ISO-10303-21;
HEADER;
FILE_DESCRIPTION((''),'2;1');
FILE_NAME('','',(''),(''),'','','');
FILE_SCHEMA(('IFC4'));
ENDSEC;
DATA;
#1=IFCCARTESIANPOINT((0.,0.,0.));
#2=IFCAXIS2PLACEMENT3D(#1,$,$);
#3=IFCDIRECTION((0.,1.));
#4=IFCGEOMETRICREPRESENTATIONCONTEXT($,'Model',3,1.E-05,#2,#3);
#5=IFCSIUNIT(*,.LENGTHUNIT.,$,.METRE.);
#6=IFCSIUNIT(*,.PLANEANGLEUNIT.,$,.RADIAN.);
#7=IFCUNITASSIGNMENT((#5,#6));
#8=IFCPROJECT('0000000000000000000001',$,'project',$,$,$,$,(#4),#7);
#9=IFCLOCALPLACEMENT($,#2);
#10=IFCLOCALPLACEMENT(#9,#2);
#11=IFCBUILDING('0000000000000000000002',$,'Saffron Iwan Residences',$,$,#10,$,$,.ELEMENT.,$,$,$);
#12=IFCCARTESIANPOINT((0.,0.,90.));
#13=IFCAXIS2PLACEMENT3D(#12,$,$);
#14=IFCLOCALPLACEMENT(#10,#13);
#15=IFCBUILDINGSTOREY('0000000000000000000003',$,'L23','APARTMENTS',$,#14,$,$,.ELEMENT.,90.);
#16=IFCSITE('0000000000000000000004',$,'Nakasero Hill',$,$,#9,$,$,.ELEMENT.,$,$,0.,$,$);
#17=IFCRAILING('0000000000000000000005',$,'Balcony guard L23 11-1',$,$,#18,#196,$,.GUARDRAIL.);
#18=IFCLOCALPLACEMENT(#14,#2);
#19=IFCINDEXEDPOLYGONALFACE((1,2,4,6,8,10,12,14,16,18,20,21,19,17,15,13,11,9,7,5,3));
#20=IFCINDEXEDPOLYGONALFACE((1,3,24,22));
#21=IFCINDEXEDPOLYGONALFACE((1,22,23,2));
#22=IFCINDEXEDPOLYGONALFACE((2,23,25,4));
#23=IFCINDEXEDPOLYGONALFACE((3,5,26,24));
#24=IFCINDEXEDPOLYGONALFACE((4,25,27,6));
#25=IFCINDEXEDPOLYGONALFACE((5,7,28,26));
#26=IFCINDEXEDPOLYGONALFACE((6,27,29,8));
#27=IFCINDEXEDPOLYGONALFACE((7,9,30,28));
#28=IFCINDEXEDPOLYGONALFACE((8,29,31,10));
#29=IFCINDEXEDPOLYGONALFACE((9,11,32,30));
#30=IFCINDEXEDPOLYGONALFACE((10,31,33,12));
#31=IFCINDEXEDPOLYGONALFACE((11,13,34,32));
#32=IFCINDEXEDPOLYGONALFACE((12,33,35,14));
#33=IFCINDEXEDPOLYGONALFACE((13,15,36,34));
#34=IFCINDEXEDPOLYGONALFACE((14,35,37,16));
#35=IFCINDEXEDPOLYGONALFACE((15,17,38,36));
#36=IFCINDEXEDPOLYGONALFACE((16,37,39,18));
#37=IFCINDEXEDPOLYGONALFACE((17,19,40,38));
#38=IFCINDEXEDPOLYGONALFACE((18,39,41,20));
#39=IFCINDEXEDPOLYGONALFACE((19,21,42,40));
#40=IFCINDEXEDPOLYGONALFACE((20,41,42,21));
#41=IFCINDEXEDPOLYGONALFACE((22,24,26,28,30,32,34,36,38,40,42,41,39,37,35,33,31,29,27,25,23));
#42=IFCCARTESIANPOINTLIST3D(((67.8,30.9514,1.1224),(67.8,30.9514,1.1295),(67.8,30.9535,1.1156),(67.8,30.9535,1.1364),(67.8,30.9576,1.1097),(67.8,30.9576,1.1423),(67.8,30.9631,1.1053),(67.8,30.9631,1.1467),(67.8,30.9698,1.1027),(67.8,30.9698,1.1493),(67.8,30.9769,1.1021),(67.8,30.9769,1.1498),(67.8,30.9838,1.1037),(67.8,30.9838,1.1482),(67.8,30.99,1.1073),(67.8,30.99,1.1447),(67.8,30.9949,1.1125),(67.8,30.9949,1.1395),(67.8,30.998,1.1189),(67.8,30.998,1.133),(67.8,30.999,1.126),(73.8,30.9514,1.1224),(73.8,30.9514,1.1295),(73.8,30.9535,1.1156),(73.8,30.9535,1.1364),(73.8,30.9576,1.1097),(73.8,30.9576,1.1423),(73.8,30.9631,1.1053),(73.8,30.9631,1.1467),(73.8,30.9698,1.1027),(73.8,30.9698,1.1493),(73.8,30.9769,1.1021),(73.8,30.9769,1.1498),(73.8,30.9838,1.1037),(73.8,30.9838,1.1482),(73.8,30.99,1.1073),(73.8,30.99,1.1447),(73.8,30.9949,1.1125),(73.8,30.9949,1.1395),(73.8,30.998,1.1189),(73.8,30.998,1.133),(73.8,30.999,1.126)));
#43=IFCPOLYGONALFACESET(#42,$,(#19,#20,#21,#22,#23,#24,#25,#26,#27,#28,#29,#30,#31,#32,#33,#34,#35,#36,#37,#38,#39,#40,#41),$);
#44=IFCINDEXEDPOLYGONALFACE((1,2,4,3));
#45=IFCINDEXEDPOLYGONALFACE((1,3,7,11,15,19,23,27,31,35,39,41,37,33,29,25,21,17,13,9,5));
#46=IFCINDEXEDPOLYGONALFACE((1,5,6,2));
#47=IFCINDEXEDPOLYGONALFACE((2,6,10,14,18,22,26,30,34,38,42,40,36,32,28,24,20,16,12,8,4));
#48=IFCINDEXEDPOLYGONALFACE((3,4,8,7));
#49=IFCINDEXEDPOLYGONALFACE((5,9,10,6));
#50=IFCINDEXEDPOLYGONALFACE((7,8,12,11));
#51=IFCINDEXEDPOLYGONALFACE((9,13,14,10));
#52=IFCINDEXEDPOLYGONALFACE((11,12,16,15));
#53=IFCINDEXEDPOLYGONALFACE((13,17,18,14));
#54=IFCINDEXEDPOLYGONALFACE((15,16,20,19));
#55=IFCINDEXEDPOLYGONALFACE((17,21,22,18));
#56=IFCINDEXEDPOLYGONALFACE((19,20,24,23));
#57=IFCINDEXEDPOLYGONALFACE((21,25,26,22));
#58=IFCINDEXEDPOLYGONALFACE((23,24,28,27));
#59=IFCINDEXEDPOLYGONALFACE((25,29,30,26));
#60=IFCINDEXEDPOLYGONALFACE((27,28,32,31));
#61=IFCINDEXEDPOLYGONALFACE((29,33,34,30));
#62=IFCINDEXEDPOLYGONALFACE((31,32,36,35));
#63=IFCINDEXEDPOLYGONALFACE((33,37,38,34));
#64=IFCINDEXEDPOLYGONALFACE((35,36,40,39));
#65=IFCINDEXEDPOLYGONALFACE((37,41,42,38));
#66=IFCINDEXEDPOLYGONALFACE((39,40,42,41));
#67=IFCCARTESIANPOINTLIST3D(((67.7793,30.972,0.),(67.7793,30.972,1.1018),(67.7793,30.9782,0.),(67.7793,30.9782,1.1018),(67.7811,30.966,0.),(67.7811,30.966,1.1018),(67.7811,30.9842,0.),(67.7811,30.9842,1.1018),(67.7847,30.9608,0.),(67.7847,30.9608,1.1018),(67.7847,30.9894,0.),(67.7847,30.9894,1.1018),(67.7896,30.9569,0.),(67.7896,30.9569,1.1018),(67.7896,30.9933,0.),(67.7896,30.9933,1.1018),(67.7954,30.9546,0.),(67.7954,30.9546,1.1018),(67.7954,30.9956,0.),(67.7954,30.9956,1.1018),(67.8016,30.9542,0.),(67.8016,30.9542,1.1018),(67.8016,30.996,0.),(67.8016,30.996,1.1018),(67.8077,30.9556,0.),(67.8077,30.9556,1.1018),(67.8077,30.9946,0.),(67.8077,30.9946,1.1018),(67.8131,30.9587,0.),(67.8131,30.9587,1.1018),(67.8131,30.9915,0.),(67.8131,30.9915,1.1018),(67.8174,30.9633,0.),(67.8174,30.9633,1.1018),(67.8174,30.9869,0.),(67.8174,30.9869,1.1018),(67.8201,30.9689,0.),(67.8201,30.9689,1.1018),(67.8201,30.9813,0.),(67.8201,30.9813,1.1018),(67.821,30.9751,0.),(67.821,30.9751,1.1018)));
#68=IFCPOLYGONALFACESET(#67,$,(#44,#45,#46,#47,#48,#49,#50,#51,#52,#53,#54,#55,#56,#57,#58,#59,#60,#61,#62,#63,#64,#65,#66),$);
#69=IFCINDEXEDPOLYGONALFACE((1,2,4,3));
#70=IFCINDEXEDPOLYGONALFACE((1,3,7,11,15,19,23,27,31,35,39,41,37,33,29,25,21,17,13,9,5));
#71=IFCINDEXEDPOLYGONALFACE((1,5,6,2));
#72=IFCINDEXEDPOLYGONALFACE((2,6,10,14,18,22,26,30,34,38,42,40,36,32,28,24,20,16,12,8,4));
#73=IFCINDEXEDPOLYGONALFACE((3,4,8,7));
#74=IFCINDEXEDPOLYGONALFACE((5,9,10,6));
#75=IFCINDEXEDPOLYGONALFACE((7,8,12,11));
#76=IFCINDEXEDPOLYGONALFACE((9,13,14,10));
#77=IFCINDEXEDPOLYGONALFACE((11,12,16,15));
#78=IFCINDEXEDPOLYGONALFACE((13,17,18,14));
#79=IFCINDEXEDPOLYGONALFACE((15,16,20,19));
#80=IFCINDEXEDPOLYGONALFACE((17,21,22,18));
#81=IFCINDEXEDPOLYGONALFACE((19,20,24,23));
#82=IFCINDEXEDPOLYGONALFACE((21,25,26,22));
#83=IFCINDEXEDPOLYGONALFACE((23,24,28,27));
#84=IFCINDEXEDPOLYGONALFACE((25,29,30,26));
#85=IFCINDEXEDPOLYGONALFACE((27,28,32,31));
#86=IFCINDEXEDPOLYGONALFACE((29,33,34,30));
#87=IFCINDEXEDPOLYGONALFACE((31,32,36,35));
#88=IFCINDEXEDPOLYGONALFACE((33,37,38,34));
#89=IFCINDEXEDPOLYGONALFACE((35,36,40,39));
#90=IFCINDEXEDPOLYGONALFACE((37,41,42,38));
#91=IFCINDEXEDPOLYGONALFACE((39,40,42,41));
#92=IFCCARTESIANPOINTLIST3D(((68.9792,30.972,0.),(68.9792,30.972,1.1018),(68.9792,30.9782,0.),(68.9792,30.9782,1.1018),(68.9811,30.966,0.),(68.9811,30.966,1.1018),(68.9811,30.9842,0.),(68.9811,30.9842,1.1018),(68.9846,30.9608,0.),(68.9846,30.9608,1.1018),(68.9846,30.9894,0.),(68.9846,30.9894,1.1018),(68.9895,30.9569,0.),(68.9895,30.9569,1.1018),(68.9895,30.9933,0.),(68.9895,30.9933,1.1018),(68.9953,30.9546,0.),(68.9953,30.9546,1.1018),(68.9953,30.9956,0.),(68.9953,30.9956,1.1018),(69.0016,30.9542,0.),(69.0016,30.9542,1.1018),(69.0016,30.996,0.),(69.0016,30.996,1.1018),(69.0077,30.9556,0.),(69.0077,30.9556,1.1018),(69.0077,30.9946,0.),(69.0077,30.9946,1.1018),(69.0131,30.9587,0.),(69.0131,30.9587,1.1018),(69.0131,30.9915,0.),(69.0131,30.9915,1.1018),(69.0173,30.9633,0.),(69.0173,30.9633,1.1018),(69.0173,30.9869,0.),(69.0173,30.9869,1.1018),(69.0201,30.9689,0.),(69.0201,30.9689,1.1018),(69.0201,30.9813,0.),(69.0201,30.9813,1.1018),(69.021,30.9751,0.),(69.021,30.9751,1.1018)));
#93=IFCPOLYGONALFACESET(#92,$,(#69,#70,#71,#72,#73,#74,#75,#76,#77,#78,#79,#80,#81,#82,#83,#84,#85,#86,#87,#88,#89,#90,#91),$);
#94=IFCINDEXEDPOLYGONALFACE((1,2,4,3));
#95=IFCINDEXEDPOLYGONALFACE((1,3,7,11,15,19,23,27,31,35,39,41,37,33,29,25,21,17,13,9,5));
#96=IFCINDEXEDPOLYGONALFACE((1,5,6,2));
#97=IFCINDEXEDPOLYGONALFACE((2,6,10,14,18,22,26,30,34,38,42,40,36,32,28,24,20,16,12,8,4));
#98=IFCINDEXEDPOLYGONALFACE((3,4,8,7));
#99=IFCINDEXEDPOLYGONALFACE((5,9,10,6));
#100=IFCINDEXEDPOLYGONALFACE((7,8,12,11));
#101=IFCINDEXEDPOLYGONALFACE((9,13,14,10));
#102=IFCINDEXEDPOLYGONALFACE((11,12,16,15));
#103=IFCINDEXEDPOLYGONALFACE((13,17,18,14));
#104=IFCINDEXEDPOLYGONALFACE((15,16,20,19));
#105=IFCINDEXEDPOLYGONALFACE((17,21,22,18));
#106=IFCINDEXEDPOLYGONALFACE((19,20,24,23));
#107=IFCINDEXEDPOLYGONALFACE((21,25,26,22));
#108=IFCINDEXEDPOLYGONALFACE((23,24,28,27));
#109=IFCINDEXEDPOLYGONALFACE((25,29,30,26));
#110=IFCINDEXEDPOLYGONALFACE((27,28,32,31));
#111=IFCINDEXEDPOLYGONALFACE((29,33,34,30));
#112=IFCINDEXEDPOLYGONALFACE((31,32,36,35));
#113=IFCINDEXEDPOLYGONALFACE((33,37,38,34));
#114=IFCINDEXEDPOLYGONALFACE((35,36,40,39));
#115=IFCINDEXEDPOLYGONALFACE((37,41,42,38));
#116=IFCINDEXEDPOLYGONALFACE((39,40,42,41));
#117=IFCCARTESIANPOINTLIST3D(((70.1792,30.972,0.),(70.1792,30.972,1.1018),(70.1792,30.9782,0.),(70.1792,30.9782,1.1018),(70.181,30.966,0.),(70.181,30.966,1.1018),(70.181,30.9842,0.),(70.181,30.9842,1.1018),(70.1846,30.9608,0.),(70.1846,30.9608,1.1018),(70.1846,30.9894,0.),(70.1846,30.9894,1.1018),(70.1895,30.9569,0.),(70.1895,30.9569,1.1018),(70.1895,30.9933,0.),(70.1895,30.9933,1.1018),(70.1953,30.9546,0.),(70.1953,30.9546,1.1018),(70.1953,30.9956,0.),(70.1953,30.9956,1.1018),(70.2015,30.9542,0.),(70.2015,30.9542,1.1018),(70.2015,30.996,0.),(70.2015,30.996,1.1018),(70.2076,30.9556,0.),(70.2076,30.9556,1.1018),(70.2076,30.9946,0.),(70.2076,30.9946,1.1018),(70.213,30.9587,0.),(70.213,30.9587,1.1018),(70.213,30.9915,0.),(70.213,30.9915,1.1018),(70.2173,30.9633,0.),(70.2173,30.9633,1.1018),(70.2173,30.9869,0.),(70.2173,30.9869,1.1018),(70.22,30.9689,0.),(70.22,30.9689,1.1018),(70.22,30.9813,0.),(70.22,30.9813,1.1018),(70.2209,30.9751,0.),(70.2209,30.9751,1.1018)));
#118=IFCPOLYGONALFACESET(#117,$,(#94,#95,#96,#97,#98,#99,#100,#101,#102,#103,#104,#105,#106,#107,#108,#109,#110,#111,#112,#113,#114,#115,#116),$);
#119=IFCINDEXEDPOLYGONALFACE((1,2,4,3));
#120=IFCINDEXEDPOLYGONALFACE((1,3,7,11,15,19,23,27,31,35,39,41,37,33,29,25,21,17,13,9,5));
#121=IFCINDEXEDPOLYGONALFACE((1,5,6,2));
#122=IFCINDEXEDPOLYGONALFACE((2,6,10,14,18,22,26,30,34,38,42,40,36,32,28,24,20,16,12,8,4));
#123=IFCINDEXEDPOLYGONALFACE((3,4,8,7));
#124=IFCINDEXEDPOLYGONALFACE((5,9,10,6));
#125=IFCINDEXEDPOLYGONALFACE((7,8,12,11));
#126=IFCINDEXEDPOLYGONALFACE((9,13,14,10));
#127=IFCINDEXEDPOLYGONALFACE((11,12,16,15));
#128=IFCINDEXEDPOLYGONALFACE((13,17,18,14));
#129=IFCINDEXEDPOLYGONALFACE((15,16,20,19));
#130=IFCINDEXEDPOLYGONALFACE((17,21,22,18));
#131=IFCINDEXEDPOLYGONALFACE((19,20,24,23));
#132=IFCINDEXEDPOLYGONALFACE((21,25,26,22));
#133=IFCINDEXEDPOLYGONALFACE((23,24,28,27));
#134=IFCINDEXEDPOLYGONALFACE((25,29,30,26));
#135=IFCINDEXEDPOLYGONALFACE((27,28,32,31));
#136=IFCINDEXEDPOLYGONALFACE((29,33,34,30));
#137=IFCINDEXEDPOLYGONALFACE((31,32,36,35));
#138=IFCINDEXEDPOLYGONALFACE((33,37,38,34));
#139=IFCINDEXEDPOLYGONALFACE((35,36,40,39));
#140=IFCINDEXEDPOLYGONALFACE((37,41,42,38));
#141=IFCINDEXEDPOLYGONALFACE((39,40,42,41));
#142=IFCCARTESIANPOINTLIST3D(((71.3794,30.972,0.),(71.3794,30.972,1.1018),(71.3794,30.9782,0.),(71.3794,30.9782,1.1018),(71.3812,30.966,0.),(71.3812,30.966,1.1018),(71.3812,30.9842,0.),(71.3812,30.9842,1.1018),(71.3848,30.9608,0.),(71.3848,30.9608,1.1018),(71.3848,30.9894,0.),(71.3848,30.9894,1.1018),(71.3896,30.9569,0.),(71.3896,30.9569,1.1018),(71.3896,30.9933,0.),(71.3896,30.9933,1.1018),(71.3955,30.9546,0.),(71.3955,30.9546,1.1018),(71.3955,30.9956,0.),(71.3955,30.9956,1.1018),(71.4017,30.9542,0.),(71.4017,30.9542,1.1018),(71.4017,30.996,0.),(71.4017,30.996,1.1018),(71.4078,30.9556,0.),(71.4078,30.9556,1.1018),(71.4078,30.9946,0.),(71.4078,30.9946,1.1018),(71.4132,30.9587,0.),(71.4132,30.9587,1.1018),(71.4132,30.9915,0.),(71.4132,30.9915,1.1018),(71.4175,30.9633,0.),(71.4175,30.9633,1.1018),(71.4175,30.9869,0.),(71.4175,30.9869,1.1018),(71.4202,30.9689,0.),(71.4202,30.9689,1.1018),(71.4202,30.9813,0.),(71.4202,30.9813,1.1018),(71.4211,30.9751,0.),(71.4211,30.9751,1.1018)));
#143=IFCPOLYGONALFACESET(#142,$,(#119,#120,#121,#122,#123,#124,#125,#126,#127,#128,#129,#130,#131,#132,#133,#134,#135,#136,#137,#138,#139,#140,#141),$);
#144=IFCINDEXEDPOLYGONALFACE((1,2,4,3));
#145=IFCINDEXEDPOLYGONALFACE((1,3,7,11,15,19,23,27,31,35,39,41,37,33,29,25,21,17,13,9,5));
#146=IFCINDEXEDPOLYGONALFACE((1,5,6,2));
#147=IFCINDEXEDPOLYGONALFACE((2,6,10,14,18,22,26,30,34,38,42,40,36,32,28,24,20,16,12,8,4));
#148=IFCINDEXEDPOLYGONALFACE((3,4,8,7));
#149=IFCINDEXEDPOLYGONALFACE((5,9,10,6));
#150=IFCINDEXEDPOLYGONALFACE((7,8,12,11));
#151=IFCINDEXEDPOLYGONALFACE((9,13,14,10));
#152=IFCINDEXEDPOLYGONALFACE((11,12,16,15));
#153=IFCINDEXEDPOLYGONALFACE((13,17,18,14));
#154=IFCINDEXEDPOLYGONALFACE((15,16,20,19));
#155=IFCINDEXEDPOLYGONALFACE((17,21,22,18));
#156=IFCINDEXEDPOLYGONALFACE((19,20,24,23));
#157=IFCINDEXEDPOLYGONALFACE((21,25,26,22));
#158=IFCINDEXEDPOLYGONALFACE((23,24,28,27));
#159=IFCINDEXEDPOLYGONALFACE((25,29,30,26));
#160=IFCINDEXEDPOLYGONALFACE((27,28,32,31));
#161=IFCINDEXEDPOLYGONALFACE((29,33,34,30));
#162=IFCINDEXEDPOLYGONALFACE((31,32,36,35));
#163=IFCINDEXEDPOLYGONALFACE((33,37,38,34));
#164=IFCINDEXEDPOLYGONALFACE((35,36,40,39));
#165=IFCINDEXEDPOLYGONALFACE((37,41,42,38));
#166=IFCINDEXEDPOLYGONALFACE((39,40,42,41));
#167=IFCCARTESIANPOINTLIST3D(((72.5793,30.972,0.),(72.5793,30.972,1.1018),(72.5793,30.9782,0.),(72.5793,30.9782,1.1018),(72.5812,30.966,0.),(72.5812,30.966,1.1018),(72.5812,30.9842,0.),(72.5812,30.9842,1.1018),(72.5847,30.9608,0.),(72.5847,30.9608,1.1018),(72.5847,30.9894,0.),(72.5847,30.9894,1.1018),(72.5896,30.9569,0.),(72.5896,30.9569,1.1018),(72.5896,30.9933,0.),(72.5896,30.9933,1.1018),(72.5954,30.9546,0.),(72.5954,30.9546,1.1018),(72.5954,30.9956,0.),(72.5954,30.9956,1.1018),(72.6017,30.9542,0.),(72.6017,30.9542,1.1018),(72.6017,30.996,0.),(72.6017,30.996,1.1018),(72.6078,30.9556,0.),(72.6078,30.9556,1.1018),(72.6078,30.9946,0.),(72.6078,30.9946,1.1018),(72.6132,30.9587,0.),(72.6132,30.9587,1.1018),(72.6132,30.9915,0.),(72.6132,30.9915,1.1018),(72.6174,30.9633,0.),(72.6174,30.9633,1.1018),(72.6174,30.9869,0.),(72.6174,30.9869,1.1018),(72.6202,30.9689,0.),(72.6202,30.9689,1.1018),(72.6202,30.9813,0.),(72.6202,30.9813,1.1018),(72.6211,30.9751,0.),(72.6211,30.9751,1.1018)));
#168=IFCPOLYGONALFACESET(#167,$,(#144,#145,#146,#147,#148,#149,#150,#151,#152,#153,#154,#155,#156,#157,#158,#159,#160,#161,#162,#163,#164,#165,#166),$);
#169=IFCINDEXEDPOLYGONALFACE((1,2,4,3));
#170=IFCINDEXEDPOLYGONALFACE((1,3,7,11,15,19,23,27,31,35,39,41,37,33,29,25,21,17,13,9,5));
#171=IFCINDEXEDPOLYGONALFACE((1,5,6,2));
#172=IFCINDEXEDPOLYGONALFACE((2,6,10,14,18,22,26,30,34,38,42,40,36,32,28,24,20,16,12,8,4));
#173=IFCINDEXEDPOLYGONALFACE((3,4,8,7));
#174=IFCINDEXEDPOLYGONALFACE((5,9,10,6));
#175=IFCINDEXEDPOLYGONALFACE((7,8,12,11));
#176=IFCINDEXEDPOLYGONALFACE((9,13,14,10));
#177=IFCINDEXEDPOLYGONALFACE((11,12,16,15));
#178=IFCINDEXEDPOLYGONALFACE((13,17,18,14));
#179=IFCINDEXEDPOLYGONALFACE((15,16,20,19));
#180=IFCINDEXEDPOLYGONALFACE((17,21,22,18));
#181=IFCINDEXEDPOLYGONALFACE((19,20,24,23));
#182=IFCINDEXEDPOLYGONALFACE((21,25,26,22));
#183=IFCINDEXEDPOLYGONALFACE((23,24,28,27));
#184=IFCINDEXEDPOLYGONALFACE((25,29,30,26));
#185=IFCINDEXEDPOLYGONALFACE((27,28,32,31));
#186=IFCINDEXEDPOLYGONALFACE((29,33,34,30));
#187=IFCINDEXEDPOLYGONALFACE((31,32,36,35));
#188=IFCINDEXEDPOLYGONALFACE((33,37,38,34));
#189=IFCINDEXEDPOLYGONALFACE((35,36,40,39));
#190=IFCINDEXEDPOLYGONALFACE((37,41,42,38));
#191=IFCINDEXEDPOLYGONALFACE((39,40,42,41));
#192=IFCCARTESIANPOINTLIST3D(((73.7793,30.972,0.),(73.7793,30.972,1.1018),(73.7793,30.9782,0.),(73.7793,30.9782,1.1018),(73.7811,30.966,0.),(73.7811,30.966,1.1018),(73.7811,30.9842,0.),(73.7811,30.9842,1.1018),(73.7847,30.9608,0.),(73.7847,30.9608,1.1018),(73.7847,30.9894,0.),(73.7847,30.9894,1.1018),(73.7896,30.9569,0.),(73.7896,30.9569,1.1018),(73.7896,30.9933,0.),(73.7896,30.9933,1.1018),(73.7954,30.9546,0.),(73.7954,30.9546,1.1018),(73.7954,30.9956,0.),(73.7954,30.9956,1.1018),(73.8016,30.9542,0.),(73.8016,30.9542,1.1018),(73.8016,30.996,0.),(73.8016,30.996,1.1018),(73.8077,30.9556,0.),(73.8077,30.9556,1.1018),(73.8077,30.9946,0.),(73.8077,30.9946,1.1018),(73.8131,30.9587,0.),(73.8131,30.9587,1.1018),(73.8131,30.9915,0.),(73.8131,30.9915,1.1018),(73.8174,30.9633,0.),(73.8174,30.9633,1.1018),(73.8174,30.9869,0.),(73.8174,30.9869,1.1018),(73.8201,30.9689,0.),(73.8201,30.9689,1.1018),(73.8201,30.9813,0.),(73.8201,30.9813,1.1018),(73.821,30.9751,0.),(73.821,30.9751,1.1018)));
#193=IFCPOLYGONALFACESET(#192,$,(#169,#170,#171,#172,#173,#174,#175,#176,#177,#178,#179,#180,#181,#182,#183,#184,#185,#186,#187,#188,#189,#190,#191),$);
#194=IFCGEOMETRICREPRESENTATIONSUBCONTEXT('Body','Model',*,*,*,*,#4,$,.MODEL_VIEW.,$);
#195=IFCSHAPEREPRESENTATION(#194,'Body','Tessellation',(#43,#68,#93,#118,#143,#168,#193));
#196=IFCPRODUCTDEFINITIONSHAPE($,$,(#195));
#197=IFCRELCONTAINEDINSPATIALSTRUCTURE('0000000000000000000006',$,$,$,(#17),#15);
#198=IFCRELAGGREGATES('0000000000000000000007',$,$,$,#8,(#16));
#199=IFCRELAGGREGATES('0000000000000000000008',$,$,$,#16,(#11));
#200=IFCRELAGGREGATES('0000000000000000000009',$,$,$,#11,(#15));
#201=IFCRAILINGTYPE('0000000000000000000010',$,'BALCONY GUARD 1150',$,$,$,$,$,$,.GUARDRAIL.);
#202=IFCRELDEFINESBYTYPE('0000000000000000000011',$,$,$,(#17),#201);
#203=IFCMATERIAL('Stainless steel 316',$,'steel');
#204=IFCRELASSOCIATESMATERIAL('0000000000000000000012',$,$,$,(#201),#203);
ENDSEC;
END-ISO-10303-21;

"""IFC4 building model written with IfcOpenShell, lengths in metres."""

from ifc_helpers import new_model, si_unit, direction, frame, origin, origin_2d, place, context, subcontext, project, spatial, circle, extrude, material, type_object, element, save


model = new_model("IFC4")

# Units and contexts
model_context = context("Model", 3, precision=1e-05, world=origin(), true_north=direction((0.0, 1.0)))
body_context = subcontext(model_context, "Body", "Model", "MODEL_VIEW")
ifc_project = project(units=[si_unit("LENGTHUNIT", "METRE"), si_unit("PLANEANGLEUNIT", "RADIAN")], contexts=[model_context])

# Site, building, storey
site_placement = place(None, origin())
site = spatial("IfcSite", under=ifc_project, at=site_placement, Name="Nakasero Hill", CompositionType="ELEMENT", RefElevation=0.0)
building_placement = place(site_placement, origin())
building = spatial("IfcBuilding", under=site, at=building_placement, Name="Saffron Iwan Residences", CompositionType="ELEMENT")
storey_placement = place(building_placement, frame((0.0, 0.0, 90.0)))
storey = spatial("IfcBuildingStorey", under=building, at=storey_placement, Name="L23", Description="APARTMENTS", CompositionType="ELEMENT", Elevation=90.0)

# Railing
ifc_material_1 = material(Name="Stainless steel 316", Category="steel")
railing_type = type_object("IfcRailingType", Name="BALCONY GUARD 1150", PredefinedType="GUARDRAIL", material=ifc_material_1)
railing_placement = place(storey_placement, frame((67.8, 30.9751, 0.0)))
element("IfcRailing", 1, at=railing_placement, inside=storey, type_object=railing_type, Name="Balcony guard L23 11-1", PredefinedType="GUARDRAIL", context=body_context, shape_type="SweptSolid", body=[
    extrude(circle(Radius=0.0239, at=origin_2d()), frame((0.0, 0.0, 1.126), z_axis=(1.0, 0.0, 0.0), x_axis=(0.0, 1.0, 0.0)), (0.0, 0.0, 1.0), 6.0),
    extrude(circle(Radius=0.021, at=origin_2d()), origin(), (0.0, 0.0, 1.0), 1.1018),
    extrude(circle(Radius=0.021, at=origin_2d()), frame((1.2, 0.0, 0.0)), (0.0, 0.0, 1.0), 1.1018),
    extrude(circle(Radius=0.021, at=origin_2d()), frame((2.3999, 0.0, 0.0)), (0.0, 0.0, 1.0), 1.1018),
    extrude(circle(Radius=0.021, at=origin_2d()), frame((3.6001, 0.0, 0.0)), (0.0, 0.0, 1.0), 1.1018),
    extrude(circle(Radius=0.021, at=origin_2d()), frame((4.8, 0.0, 0.0)), (0.0, 0.0, 1.0), 1.1018),
    extrude(circle(Radius=0.021, at=origin_2d()), frame((6.0, 0.0, 0.0)), (0.0, 0.0, 1.0), 1.1018),
])

save(model, "model.ifc")
